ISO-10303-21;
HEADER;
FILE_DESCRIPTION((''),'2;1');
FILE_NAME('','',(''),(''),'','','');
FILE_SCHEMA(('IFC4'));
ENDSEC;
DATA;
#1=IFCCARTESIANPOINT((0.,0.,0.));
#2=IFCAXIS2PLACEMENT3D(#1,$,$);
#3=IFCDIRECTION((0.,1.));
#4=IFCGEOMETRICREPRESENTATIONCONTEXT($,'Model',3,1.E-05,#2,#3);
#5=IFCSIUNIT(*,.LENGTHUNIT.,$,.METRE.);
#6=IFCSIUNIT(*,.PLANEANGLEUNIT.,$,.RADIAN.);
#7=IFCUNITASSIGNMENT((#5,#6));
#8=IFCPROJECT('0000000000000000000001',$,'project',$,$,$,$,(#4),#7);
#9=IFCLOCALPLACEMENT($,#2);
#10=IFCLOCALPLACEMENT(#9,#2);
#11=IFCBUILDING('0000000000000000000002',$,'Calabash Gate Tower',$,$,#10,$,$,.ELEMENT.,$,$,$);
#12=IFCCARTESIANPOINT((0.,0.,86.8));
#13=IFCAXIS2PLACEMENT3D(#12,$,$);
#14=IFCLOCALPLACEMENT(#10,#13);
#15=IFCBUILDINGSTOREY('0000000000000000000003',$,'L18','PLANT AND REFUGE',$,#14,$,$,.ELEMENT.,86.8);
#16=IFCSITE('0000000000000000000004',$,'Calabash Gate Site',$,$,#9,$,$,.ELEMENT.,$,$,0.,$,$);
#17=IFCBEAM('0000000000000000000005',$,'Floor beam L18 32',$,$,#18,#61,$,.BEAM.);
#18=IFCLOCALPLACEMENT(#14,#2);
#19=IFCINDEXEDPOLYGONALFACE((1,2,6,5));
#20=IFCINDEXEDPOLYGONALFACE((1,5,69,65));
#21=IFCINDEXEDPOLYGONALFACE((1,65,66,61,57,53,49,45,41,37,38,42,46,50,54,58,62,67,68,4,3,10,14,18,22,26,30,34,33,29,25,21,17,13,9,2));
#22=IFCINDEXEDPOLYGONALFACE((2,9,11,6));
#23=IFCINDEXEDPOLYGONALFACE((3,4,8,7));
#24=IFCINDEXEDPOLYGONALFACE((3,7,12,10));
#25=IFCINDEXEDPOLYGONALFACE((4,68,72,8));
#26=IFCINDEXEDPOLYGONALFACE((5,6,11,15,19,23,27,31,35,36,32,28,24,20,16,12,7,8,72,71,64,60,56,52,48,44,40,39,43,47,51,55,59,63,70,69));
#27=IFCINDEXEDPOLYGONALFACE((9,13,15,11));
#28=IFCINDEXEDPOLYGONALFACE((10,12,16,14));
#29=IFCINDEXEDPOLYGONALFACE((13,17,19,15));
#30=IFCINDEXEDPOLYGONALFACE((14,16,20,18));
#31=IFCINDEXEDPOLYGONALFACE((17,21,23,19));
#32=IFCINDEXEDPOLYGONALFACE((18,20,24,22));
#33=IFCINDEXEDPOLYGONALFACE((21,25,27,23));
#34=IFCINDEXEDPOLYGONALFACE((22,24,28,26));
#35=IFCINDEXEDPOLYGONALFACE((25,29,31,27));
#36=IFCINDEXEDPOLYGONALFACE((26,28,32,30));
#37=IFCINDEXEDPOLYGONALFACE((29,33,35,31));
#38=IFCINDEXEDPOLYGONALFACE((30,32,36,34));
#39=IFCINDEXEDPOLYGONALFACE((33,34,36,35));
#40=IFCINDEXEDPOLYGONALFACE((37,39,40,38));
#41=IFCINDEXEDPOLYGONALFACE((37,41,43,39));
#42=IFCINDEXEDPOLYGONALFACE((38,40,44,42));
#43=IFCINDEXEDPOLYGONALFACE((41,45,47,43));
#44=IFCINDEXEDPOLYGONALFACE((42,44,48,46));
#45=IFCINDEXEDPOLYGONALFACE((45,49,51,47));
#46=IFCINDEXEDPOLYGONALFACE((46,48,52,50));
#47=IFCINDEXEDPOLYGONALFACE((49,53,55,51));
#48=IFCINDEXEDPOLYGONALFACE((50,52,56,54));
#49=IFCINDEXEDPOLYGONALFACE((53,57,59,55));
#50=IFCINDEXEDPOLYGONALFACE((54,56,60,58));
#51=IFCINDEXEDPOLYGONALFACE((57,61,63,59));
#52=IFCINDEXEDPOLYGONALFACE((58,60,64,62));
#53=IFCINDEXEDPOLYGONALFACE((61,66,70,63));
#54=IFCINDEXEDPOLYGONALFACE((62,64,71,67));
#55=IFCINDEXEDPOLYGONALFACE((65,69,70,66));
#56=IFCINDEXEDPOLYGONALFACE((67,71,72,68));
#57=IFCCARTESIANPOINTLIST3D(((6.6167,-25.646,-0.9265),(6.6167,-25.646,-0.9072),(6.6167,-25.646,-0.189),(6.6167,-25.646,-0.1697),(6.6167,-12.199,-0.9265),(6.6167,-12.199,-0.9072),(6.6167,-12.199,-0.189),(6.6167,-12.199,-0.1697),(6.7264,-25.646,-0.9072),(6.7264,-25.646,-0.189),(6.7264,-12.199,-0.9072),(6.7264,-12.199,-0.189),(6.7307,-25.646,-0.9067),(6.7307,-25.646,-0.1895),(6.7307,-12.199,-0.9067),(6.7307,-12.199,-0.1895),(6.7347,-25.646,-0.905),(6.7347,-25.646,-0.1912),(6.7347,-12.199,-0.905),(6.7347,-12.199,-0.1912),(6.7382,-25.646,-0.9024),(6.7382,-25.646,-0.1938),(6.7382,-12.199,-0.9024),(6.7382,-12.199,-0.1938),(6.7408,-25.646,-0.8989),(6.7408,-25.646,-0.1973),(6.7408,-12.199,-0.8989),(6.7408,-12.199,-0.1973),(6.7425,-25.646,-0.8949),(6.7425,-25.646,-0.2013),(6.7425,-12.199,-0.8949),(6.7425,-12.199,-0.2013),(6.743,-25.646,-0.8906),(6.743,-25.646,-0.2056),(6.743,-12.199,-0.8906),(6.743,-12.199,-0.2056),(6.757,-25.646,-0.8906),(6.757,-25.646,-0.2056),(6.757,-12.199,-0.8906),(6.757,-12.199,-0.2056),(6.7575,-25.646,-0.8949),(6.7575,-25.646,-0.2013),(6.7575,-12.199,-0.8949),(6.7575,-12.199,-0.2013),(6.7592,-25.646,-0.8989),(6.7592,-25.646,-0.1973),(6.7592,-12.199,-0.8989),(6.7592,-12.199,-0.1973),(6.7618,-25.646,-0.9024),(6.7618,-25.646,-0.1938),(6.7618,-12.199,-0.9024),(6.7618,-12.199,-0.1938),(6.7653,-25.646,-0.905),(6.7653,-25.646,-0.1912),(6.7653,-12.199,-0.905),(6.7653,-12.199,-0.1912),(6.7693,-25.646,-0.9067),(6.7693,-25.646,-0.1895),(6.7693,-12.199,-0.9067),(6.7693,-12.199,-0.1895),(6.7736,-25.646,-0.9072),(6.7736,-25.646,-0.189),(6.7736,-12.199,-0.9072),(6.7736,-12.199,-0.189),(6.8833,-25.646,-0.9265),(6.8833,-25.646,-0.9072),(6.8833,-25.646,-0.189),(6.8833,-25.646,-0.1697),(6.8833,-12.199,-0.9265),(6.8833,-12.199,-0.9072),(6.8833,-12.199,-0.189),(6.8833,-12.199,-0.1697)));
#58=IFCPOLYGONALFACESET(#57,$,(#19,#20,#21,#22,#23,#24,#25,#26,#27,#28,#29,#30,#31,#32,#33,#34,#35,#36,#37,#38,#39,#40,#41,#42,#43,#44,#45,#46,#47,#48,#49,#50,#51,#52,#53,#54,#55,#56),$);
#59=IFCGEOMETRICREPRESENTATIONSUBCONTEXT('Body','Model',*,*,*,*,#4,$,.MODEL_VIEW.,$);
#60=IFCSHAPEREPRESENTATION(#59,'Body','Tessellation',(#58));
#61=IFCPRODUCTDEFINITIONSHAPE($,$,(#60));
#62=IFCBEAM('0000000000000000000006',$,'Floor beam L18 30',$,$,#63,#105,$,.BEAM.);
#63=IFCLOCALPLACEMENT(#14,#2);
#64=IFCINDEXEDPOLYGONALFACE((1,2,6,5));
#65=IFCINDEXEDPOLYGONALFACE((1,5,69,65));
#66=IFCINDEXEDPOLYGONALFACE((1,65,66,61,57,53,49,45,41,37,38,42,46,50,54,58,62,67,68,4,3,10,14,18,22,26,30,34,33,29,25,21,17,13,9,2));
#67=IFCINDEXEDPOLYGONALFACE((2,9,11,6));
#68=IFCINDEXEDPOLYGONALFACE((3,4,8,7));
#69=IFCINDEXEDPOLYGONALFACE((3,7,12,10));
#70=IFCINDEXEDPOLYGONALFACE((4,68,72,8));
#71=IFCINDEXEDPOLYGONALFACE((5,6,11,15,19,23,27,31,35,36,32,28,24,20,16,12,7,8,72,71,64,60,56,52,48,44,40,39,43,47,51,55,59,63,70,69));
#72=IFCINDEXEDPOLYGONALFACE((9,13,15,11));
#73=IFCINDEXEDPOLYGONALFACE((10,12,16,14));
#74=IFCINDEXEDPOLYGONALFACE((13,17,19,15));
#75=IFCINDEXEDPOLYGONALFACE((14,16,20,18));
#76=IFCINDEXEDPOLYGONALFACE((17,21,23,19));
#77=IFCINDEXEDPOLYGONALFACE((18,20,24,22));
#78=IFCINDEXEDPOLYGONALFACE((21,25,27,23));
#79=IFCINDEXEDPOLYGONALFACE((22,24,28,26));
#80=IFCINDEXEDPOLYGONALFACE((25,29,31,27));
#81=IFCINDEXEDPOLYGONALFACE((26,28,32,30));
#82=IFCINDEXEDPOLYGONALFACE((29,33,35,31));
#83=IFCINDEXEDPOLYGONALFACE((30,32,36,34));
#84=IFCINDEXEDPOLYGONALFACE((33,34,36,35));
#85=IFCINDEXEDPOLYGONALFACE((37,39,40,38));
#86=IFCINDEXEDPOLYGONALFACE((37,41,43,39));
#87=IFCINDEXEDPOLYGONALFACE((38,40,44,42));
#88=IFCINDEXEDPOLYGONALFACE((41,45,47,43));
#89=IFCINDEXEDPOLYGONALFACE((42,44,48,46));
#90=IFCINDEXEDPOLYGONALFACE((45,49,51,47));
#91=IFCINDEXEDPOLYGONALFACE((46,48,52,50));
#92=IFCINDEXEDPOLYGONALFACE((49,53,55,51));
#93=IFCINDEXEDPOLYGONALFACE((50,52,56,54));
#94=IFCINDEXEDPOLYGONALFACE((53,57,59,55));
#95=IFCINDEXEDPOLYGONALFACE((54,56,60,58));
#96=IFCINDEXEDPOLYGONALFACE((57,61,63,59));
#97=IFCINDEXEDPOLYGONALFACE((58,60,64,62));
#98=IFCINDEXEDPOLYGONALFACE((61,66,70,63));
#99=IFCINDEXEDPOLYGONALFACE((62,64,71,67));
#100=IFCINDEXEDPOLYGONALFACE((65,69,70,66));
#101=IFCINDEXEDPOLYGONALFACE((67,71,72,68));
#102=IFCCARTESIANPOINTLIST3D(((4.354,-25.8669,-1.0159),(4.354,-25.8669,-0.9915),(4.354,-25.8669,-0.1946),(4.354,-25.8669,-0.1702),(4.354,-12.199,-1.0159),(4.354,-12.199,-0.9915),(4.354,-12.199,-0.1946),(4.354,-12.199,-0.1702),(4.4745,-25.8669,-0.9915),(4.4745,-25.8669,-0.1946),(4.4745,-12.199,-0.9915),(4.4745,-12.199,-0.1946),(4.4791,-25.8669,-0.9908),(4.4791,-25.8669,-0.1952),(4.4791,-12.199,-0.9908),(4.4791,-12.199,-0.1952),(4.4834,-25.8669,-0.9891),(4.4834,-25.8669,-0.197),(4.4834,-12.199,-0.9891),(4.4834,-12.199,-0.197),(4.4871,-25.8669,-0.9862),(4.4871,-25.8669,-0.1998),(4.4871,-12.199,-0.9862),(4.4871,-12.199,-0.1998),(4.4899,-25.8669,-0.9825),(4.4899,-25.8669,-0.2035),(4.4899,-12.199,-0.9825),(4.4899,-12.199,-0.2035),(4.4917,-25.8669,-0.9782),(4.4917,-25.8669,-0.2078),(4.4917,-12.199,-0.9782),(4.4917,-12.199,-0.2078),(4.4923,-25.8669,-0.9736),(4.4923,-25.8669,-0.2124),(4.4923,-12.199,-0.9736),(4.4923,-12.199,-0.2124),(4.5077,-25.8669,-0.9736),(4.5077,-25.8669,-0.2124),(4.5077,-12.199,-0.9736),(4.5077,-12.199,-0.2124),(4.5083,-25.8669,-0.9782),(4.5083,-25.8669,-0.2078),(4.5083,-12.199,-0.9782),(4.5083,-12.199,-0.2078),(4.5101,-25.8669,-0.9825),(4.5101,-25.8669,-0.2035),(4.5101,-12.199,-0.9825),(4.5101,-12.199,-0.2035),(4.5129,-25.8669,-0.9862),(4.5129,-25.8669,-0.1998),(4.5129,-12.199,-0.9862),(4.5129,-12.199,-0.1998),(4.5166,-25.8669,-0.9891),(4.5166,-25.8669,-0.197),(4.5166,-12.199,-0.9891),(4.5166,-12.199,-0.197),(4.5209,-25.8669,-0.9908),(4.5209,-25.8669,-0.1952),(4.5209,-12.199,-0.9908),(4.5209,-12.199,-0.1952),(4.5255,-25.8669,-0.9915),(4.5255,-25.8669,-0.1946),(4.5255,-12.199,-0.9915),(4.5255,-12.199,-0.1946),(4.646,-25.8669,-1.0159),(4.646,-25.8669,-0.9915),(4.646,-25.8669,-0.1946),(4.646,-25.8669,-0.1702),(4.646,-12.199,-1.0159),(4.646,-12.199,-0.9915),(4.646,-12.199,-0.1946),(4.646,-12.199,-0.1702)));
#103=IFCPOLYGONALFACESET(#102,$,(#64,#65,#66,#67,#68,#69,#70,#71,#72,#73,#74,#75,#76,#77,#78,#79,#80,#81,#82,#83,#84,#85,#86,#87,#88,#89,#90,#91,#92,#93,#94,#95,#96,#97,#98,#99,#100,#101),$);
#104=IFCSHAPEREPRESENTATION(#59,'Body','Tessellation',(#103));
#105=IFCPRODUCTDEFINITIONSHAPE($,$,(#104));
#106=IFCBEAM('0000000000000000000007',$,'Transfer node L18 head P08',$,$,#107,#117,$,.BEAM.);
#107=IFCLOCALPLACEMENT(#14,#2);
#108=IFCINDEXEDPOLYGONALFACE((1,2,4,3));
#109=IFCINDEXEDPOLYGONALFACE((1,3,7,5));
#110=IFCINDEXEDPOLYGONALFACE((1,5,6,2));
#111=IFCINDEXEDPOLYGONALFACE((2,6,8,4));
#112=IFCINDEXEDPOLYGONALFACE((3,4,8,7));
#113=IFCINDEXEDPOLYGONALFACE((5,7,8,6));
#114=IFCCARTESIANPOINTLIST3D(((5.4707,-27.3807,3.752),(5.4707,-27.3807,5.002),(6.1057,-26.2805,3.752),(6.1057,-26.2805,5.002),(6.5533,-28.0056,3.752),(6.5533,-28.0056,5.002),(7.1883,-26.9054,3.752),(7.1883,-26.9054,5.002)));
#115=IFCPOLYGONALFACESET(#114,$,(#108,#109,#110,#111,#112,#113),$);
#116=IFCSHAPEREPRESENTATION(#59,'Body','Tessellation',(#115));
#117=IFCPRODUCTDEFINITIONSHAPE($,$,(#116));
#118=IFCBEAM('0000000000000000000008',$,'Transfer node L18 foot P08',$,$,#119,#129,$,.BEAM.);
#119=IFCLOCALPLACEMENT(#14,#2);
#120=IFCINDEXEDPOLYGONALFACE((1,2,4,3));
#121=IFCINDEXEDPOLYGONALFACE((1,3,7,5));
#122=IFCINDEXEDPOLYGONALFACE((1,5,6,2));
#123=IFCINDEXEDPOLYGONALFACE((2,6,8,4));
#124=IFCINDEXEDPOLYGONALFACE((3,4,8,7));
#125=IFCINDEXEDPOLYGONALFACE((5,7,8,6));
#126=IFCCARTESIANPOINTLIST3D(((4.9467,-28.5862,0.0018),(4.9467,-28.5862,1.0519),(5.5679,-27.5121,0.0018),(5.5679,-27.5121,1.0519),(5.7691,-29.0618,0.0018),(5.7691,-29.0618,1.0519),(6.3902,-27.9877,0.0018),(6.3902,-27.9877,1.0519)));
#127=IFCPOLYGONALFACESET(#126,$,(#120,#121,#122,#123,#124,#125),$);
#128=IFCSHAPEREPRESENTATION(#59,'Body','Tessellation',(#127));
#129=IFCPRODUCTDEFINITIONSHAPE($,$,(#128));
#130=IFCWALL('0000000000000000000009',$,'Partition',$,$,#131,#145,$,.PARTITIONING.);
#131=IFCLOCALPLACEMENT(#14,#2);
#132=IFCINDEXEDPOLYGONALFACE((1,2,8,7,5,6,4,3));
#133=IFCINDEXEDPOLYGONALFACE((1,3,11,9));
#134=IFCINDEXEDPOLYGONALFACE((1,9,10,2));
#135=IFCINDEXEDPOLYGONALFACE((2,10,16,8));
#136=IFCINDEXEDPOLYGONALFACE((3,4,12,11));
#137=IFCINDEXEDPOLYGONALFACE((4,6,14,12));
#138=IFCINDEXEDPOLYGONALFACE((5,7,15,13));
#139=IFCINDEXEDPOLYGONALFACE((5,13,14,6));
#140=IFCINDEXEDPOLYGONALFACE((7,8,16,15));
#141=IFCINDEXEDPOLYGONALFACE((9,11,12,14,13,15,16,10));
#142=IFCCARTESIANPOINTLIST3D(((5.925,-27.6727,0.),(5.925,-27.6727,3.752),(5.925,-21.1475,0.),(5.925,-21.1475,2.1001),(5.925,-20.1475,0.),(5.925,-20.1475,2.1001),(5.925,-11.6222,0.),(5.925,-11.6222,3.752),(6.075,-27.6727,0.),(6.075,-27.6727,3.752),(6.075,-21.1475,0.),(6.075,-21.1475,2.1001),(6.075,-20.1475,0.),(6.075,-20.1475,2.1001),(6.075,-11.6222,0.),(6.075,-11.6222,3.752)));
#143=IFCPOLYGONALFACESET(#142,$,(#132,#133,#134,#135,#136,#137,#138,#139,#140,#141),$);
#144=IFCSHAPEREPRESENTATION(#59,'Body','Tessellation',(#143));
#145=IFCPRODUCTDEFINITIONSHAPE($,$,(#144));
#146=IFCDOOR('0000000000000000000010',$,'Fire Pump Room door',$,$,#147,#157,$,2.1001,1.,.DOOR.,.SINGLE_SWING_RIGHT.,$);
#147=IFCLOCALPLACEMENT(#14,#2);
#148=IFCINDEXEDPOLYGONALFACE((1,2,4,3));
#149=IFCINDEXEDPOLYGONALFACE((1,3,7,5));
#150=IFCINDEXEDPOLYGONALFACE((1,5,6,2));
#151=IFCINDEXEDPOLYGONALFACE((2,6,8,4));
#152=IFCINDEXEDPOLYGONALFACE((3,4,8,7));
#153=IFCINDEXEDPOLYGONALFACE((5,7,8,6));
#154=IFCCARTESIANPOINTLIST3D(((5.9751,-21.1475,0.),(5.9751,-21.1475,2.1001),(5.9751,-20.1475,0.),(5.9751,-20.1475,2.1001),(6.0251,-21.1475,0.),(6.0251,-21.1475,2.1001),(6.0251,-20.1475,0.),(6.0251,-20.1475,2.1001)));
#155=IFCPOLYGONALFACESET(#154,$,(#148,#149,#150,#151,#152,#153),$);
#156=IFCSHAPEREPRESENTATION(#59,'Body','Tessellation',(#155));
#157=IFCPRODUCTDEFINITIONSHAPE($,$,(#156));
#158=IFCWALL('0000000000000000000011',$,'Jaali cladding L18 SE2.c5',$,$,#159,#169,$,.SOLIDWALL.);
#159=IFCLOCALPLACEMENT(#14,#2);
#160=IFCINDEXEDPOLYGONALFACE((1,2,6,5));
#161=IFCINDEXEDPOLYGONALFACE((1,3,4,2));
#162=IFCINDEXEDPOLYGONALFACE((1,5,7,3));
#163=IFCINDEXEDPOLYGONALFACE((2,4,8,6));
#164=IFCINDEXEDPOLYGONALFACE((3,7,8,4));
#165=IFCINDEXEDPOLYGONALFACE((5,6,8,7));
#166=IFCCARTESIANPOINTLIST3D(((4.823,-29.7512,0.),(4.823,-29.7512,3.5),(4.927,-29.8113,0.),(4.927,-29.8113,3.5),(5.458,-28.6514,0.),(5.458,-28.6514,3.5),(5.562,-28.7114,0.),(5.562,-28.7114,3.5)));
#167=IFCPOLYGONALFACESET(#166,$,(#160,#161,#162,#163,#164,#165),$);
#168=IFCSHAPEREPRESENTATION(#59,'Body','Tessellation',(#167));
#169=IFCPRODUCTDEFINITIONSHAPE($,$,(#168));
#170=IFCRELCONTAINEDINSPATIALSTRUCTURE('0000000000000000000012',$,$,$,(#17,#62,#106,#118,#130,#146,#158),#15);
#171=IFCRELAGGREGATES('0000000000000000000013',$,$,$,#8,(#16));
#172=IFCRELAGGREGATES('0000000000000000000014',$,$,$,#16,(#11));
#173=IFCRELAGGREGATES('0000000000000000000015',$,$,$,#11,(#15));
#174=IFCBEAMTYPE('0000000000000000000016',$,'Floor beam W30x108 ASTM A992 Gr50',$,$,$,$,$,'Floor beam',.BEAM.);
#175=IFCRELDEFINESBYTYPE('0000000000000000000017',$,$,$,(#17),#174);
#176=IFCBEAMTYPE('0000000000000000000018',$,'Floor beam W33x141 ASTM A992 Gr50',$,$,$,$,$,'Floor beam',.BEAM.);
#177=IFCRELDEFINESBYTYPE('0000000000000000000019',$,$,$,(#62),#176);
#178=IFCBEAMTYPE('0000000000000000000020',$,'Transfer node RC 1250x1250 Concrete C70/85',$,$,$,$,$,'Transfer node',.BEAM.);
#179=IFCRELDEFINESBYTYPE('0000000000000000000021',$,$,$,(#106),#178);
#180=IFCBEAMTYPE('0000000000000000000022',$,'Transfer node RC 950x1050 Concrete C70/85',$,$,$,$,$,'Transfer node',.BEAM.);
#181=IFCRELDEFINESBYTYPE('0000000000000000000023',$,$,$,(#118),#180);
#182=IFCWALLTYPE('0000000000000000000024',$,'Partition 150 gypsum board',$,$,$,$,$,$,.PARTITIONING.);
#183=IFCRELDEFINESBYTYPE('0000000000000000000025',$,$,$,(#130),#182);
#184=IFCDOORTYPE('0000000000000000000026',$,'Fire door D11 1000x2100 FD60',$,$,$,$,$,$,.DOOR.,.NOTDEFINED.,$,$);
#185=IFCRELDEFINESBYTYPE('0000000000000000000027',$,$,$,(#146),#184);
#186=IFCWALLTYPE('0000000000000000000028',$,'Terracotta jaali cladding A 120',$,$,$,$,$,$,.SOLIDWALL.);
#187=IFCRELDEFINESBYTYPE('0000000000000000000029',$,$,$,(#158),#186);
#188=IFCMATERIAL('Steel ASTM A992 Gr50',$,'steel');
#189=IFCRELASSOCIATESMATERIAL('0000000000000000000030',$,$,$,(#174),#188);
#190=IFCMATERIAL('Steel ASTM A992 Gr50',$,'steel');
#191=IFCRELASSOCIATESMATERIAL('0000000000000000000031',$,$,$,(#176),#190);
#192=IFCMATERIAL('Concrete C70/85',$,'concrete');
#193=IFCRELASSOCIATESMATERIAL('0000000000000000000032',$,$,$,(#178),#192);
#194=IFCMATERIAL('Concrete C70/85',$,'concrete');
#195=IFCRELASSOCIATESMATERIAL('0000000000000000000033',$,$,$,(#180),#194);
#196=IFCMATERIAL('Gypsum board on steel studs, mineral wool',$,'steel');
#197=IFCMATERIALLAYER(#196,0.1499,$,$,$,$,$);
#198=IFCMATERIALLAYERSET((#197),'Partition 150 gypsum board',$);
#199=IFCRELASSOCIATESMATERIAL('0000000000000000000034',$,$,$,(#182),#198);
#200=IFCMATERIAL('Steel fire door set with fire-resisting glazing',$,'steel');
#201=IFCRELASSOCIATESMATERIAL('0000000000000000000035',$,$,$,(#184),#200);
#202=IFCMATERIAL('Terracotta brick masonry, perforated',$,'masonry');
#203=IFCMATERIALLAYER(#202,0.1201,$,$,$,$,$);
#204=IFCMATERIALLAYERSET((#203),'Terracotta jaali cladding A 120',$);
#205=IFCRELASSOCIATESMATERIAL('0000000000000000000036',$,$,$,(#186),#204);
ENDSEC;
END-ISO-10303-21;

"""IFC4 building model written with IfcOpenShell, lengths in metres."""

from ifc_helpers import new_model, si_unit, direction, frame, frame_2d, origin, origin_2d, place, context, subcontext, project, spatial, rectangle, i_section, extrude, material, layer, layer_set, material_profile, profile_set, type_object, element, fill, save


model = new_model("IFC4")

# Units and contexts
model_context = context("Model", 3, precision=1e-05, world=origin(), true_north=direction((0.0, 1.0)))
body_context = subcontext(model_context, "Body", "Model", "MODEL_VIEW")
ifc_project = project(units=[si_unit("LENGTHUNIT", "METRE"), si_unit("PLANEANGLEUNIT", "RADIAN")], contexts=[model_context])

# Site, building, storey
site_placement = place(None, origin())
site = spatial("IfcSite", under=ifc_project, at=site_placement, Name="Calabash Gate Site", CompositionType="ELEMENT", RefElevation=0.0)
building_placement = place(site_placement, origin())
building = spatial("IfcBuilding", under=site, at=building_placement, Name="Calabash Gate Tower", CompositionType="ELEMENT")
storey_placement = place(building_placement, frame((0.0, 0.0, 86.8)))
storey = spatial("IfcBuildingStorey", under=building, at=storey_placement, Name="L18", Description="PLANT AND REFUGE", CompositionType="ELEMENT", Elevation=86.8)

# Beams
ifc_material_1 = material(Name="Steel ASTM A992 Gr50", Category="steel")
ifc_material_profile_1 = material_profile(ifc_material_1, i_section(OverallWidth=0.2666, OverallDepth=0.7568, WebThickness=0.0139, FlangeThickness=0.0193, FilletRadius=0.0166, at=origin_2d()))
ifc_profile_set_1 = profile_set([ifc_material_profile_1], Name="Steel ASTM A992 Gr50")
beam_type_1 = type_object("IfcBeamType", Name="Floor beam W30x108 ASTM A992 Gr50", ElementType="Floor beam", PredefinedType="BEAM", material=ifc_profile_set_1)
beam_1_placement = place(storey_placement, frame((6.75, -25.646, -0.5481), z_axis=(0.0, 1.0, 0.0), x_axis=(-1.0, 0.0, 0.0)))
element("IfcBeam", 1, at=beam_1_placement, inside=storey, type_object=beam_type_1, Name="Floor beam L18 32", PredefinedType="BEAM", context=body_context, shape_type="SweptSolid", body=[
    extrude(i_section(OverallWidth=0.2666, OverallDepth=0.7568, WebThickness=0.0139, FlangeThickness=0.0193, FilletRadius=0.0166, at=origin_2d()), origin(), (0.0, 0.0, 1.0), 13.447),
])
ifc_material_2 = material(Name="Steel ASTM A992 Gr50", Category="steel")
ifc_material_profile_2 = material_profile(ifc_material_2, i_section(OverallWidth=0.292, OverallDepth=0.8457, WebThickness=0.0154, FlangeThickness=0.0244, FilletRadius=0.0178, at=origin_2d()))
ifc_profile_set_2 = profile_set([ifc_material_profile_2], Name="Steel ASTM A992 Gr50")
beam_type_2 = type_object("IfcBeamType", Name="Floor beam W33x141 ASTM A992 Gr50", ElementType="Floor beam", PredefinedType="BEAM", material=ifc_profile_set_2)
beam_2_placement = place(storey_placement, frame((4.5, -25.8669, -0.593), z_axis=(0.0, 1.0, 0.0), x_axis=(-1.0, 0.0, 0.0)))
element("IfcBeam", 2, at=beam_2_placement, inside=storey, type_object=beam_type_2, Name="Floor beam L18 30", PredefinedType="BEAM", context=body_context, shape_type="SweptSolid", body=[
    extrude(i_section(OverallWidth=0.292, OverallDepth=0.8457, WebThickness=0.0154, FlangeThickness=0.0244, FilletRadius=0.0178, at=origin_2d()), origin(), (0.0, 0.0, 1.0), 13.668),
])
ifc_material_3 = material(Name="Concrete C70/85", Category="concrete")
ifc_material_profile_3 = material_profile(ifc_material_3, rectangle(XDim=1.25, YDim=1.25, at=origin_2d()))
ifc_profile_set_3 = profile_set([ifc_material_profile_3], Name="Concrete C70/85")
beam_type_3 = type_object("IfcBeamType", Name="Transfer node RC 1250x1250 Concrete C70/85", ElementType="Transfer node", PredefinedType="BEAM", material=ifc_profile_set_3)
beam_3_placement = place(storey_placement, frame((6.012, -27.6931, 4.377), z_axis=(0.499922, 0.86607, 0.0), x_axis=(-0.86607, 0.499922, 0.0)))
element("IfcBeam", 3, at=beam_3_placement, inside=storey, type_object=beam_type_3, Name="Transfer node L18 head P08", PredefinedType="BEAM", context=body_context, shape_type="SweptSolid", body=[
    extrude(rectangle(XDim=1.25, YDim=1.25, at=origin_2d()), origin(), (0.0, 0.0, 1.0), 1.2703),
])
ifc_material_4 = material(Name="Concrete C70/85", Category="concrete")
ifc_material_profile_4 = material_profile(ifc_material_4, rectangle(XDim=0.95, YDim=1.05, at=origin_2d()))
ifc_profile_set_4 = profile_set([ifc_material_profile_4], Name="Concrete C70/85")
beam_type_4 = type_object("IfcBeamType", Name="Transfer node RC 950x1050 Concrete C70/85", ElementType="Transfer node", PredefinedType="BEAM", material=ifc_profile_set_4)
beam_4_placement = place(storey_placement, frame((5.3579, -28.824, 0.5269), z_axis=(0.500625, 0.865664, 0.0), x_axis=(-0.865664, 0.500625, 0.0)))
element("IfcBeam", 4, at=beam_4_placement, inside=storey, type_object=beam_type_4, Name="Transfer node L18 foot P08", PredefinedType="BEAM", context=body_context, shape_type="SweptSolid", body=[
    extrude(rectangle(XDim=0.95, YDim=1.05, at=origin_2d()), origin(), (0.0, 0.0, 1.0), 1.2407),
])

# Wall, opening, door
ifc_material_5 = material(Name="Gypsum board on steel studs, mineral wool", Category="steel")
ifc_layer_1 = layer(ifc_material_5, 0.1499)
ifc_layer_set_1 = layer_set([ifc_layer_1], Name="Partition 150 gypsum board")
wall_type_1 = type_object("IfcWallType", Name="Partition 150 gypsum board", PredefinedType="PARTITIONING", material=ifc_layer_set_1)
wall_1_placement = place(storey_placement, frame((6.0, -27.6729, 0.0), z_axis=(0.0, 0.0, 1.0), x_axis=(0.0, 1.0, 0.0)))
wall_1 = element("IfcWall", 5, at=wall_1_placement, inside=storey, type_object=wall_type_1, Name="Partition", PredefinedType="PARTITIONING", context=body_context, shape_type="SweptSolid", body=[
    extrude(rectangle(XDim=16.0505, YDim=0.1499, at=frame_2d((8.0254, 0.0))), origin(), (0.0, 0.0, 1.0), 3.752),
])
opening_placement = place(wall_1_placement, frame((6.5254, 0.0, 0.0)))
opening = element("IfcOpeningElement", 6, at=opening_placement, cuts=wall_1, PredefinedType="OPENING", context=body_context, shape_type="SweptSolid", body=[
    extrude(rectangle(XDim=1.0, YDim=2.1001, at=frame_2d((0.5, 1.05))), frame((0.0, 0.085, 0.0), z_axis=(0.0, -1.0, 0.0), x_axis=(1.0, 0.0, 0.0)), (0.0, 0.0, 1.0), 0.1699),
])
ifc_material_6 = material(Name="Steel fire door set with fire-resisting glazing", Category="steel")
door_type = type_object("IfcDoorType", Name="Fire door D11 1000x2100 FD60", OperationType="NOTDEFINED", PredefinedType="DOOR", material=ifc_material_6)
door_placement = place(opening_placement, origin())
door = element("IfcDoor", 7, at=door_placement, inside=storey, type_object=door_type, Name="Fire Pump Room door", OperationType="SINGLE_SWING_RIGHT", OverallHeight=2.1001, OverallWidth=1.0, PredefinedType="DOOR", context=body_context, shape_type="SweptSolid", body=[
    extrude(rectangle(XDim=1.0, YDim=2.1001, at=frame_2d((0.5, 1.05))), frame((0.0, 0.0249, 0.0), z_axis=(0.0, -1.0, 0.0), x_axis=(1.0, 0.0, 0.0)), (0.0, 0.0, 1.0), 0.05),
])
fill(opening, door)

# Wall
ifc_material_7 = material(Name="Terracotta brick masonry, perforated", Category="masonry")
ifc_layer_2 = layer(ifc_material_7, 0.1201)
ifc_layer_set_2 = layer_set([ifc_layer_2], Name="Terracotta jaali cladding A 120")
wall_type_2 = type_object("IfcWallType", Name="Terracotta jaali cladding A 120", PredefinedType="SOLIDWALL", material=ifc_layer_set_2)
wall_2_placement = place(storey_placement, frame((5.51, -28.6814, 0.0), z_axis=(0.0, 0.0, 1.0), x_axis=(-0.500005, -0.866022, 0.0)))
element("IfcWall", 8, at=wall_2_placement, inside=storey, type_object=wall_type_2, Name="Jaali cladding L18 SE2.c5", PredefinedType="SOLIDWALL", context=body_context, shape_type="SweptSolid", body=[
    extrude(rectangle(XDim=1.27, YDim=0.1201, at=frame_2d((0.635, 0.0))), origin(), (0.0, 0.0, 1.0), 3.5),
])

save(model, "model.ifc")
